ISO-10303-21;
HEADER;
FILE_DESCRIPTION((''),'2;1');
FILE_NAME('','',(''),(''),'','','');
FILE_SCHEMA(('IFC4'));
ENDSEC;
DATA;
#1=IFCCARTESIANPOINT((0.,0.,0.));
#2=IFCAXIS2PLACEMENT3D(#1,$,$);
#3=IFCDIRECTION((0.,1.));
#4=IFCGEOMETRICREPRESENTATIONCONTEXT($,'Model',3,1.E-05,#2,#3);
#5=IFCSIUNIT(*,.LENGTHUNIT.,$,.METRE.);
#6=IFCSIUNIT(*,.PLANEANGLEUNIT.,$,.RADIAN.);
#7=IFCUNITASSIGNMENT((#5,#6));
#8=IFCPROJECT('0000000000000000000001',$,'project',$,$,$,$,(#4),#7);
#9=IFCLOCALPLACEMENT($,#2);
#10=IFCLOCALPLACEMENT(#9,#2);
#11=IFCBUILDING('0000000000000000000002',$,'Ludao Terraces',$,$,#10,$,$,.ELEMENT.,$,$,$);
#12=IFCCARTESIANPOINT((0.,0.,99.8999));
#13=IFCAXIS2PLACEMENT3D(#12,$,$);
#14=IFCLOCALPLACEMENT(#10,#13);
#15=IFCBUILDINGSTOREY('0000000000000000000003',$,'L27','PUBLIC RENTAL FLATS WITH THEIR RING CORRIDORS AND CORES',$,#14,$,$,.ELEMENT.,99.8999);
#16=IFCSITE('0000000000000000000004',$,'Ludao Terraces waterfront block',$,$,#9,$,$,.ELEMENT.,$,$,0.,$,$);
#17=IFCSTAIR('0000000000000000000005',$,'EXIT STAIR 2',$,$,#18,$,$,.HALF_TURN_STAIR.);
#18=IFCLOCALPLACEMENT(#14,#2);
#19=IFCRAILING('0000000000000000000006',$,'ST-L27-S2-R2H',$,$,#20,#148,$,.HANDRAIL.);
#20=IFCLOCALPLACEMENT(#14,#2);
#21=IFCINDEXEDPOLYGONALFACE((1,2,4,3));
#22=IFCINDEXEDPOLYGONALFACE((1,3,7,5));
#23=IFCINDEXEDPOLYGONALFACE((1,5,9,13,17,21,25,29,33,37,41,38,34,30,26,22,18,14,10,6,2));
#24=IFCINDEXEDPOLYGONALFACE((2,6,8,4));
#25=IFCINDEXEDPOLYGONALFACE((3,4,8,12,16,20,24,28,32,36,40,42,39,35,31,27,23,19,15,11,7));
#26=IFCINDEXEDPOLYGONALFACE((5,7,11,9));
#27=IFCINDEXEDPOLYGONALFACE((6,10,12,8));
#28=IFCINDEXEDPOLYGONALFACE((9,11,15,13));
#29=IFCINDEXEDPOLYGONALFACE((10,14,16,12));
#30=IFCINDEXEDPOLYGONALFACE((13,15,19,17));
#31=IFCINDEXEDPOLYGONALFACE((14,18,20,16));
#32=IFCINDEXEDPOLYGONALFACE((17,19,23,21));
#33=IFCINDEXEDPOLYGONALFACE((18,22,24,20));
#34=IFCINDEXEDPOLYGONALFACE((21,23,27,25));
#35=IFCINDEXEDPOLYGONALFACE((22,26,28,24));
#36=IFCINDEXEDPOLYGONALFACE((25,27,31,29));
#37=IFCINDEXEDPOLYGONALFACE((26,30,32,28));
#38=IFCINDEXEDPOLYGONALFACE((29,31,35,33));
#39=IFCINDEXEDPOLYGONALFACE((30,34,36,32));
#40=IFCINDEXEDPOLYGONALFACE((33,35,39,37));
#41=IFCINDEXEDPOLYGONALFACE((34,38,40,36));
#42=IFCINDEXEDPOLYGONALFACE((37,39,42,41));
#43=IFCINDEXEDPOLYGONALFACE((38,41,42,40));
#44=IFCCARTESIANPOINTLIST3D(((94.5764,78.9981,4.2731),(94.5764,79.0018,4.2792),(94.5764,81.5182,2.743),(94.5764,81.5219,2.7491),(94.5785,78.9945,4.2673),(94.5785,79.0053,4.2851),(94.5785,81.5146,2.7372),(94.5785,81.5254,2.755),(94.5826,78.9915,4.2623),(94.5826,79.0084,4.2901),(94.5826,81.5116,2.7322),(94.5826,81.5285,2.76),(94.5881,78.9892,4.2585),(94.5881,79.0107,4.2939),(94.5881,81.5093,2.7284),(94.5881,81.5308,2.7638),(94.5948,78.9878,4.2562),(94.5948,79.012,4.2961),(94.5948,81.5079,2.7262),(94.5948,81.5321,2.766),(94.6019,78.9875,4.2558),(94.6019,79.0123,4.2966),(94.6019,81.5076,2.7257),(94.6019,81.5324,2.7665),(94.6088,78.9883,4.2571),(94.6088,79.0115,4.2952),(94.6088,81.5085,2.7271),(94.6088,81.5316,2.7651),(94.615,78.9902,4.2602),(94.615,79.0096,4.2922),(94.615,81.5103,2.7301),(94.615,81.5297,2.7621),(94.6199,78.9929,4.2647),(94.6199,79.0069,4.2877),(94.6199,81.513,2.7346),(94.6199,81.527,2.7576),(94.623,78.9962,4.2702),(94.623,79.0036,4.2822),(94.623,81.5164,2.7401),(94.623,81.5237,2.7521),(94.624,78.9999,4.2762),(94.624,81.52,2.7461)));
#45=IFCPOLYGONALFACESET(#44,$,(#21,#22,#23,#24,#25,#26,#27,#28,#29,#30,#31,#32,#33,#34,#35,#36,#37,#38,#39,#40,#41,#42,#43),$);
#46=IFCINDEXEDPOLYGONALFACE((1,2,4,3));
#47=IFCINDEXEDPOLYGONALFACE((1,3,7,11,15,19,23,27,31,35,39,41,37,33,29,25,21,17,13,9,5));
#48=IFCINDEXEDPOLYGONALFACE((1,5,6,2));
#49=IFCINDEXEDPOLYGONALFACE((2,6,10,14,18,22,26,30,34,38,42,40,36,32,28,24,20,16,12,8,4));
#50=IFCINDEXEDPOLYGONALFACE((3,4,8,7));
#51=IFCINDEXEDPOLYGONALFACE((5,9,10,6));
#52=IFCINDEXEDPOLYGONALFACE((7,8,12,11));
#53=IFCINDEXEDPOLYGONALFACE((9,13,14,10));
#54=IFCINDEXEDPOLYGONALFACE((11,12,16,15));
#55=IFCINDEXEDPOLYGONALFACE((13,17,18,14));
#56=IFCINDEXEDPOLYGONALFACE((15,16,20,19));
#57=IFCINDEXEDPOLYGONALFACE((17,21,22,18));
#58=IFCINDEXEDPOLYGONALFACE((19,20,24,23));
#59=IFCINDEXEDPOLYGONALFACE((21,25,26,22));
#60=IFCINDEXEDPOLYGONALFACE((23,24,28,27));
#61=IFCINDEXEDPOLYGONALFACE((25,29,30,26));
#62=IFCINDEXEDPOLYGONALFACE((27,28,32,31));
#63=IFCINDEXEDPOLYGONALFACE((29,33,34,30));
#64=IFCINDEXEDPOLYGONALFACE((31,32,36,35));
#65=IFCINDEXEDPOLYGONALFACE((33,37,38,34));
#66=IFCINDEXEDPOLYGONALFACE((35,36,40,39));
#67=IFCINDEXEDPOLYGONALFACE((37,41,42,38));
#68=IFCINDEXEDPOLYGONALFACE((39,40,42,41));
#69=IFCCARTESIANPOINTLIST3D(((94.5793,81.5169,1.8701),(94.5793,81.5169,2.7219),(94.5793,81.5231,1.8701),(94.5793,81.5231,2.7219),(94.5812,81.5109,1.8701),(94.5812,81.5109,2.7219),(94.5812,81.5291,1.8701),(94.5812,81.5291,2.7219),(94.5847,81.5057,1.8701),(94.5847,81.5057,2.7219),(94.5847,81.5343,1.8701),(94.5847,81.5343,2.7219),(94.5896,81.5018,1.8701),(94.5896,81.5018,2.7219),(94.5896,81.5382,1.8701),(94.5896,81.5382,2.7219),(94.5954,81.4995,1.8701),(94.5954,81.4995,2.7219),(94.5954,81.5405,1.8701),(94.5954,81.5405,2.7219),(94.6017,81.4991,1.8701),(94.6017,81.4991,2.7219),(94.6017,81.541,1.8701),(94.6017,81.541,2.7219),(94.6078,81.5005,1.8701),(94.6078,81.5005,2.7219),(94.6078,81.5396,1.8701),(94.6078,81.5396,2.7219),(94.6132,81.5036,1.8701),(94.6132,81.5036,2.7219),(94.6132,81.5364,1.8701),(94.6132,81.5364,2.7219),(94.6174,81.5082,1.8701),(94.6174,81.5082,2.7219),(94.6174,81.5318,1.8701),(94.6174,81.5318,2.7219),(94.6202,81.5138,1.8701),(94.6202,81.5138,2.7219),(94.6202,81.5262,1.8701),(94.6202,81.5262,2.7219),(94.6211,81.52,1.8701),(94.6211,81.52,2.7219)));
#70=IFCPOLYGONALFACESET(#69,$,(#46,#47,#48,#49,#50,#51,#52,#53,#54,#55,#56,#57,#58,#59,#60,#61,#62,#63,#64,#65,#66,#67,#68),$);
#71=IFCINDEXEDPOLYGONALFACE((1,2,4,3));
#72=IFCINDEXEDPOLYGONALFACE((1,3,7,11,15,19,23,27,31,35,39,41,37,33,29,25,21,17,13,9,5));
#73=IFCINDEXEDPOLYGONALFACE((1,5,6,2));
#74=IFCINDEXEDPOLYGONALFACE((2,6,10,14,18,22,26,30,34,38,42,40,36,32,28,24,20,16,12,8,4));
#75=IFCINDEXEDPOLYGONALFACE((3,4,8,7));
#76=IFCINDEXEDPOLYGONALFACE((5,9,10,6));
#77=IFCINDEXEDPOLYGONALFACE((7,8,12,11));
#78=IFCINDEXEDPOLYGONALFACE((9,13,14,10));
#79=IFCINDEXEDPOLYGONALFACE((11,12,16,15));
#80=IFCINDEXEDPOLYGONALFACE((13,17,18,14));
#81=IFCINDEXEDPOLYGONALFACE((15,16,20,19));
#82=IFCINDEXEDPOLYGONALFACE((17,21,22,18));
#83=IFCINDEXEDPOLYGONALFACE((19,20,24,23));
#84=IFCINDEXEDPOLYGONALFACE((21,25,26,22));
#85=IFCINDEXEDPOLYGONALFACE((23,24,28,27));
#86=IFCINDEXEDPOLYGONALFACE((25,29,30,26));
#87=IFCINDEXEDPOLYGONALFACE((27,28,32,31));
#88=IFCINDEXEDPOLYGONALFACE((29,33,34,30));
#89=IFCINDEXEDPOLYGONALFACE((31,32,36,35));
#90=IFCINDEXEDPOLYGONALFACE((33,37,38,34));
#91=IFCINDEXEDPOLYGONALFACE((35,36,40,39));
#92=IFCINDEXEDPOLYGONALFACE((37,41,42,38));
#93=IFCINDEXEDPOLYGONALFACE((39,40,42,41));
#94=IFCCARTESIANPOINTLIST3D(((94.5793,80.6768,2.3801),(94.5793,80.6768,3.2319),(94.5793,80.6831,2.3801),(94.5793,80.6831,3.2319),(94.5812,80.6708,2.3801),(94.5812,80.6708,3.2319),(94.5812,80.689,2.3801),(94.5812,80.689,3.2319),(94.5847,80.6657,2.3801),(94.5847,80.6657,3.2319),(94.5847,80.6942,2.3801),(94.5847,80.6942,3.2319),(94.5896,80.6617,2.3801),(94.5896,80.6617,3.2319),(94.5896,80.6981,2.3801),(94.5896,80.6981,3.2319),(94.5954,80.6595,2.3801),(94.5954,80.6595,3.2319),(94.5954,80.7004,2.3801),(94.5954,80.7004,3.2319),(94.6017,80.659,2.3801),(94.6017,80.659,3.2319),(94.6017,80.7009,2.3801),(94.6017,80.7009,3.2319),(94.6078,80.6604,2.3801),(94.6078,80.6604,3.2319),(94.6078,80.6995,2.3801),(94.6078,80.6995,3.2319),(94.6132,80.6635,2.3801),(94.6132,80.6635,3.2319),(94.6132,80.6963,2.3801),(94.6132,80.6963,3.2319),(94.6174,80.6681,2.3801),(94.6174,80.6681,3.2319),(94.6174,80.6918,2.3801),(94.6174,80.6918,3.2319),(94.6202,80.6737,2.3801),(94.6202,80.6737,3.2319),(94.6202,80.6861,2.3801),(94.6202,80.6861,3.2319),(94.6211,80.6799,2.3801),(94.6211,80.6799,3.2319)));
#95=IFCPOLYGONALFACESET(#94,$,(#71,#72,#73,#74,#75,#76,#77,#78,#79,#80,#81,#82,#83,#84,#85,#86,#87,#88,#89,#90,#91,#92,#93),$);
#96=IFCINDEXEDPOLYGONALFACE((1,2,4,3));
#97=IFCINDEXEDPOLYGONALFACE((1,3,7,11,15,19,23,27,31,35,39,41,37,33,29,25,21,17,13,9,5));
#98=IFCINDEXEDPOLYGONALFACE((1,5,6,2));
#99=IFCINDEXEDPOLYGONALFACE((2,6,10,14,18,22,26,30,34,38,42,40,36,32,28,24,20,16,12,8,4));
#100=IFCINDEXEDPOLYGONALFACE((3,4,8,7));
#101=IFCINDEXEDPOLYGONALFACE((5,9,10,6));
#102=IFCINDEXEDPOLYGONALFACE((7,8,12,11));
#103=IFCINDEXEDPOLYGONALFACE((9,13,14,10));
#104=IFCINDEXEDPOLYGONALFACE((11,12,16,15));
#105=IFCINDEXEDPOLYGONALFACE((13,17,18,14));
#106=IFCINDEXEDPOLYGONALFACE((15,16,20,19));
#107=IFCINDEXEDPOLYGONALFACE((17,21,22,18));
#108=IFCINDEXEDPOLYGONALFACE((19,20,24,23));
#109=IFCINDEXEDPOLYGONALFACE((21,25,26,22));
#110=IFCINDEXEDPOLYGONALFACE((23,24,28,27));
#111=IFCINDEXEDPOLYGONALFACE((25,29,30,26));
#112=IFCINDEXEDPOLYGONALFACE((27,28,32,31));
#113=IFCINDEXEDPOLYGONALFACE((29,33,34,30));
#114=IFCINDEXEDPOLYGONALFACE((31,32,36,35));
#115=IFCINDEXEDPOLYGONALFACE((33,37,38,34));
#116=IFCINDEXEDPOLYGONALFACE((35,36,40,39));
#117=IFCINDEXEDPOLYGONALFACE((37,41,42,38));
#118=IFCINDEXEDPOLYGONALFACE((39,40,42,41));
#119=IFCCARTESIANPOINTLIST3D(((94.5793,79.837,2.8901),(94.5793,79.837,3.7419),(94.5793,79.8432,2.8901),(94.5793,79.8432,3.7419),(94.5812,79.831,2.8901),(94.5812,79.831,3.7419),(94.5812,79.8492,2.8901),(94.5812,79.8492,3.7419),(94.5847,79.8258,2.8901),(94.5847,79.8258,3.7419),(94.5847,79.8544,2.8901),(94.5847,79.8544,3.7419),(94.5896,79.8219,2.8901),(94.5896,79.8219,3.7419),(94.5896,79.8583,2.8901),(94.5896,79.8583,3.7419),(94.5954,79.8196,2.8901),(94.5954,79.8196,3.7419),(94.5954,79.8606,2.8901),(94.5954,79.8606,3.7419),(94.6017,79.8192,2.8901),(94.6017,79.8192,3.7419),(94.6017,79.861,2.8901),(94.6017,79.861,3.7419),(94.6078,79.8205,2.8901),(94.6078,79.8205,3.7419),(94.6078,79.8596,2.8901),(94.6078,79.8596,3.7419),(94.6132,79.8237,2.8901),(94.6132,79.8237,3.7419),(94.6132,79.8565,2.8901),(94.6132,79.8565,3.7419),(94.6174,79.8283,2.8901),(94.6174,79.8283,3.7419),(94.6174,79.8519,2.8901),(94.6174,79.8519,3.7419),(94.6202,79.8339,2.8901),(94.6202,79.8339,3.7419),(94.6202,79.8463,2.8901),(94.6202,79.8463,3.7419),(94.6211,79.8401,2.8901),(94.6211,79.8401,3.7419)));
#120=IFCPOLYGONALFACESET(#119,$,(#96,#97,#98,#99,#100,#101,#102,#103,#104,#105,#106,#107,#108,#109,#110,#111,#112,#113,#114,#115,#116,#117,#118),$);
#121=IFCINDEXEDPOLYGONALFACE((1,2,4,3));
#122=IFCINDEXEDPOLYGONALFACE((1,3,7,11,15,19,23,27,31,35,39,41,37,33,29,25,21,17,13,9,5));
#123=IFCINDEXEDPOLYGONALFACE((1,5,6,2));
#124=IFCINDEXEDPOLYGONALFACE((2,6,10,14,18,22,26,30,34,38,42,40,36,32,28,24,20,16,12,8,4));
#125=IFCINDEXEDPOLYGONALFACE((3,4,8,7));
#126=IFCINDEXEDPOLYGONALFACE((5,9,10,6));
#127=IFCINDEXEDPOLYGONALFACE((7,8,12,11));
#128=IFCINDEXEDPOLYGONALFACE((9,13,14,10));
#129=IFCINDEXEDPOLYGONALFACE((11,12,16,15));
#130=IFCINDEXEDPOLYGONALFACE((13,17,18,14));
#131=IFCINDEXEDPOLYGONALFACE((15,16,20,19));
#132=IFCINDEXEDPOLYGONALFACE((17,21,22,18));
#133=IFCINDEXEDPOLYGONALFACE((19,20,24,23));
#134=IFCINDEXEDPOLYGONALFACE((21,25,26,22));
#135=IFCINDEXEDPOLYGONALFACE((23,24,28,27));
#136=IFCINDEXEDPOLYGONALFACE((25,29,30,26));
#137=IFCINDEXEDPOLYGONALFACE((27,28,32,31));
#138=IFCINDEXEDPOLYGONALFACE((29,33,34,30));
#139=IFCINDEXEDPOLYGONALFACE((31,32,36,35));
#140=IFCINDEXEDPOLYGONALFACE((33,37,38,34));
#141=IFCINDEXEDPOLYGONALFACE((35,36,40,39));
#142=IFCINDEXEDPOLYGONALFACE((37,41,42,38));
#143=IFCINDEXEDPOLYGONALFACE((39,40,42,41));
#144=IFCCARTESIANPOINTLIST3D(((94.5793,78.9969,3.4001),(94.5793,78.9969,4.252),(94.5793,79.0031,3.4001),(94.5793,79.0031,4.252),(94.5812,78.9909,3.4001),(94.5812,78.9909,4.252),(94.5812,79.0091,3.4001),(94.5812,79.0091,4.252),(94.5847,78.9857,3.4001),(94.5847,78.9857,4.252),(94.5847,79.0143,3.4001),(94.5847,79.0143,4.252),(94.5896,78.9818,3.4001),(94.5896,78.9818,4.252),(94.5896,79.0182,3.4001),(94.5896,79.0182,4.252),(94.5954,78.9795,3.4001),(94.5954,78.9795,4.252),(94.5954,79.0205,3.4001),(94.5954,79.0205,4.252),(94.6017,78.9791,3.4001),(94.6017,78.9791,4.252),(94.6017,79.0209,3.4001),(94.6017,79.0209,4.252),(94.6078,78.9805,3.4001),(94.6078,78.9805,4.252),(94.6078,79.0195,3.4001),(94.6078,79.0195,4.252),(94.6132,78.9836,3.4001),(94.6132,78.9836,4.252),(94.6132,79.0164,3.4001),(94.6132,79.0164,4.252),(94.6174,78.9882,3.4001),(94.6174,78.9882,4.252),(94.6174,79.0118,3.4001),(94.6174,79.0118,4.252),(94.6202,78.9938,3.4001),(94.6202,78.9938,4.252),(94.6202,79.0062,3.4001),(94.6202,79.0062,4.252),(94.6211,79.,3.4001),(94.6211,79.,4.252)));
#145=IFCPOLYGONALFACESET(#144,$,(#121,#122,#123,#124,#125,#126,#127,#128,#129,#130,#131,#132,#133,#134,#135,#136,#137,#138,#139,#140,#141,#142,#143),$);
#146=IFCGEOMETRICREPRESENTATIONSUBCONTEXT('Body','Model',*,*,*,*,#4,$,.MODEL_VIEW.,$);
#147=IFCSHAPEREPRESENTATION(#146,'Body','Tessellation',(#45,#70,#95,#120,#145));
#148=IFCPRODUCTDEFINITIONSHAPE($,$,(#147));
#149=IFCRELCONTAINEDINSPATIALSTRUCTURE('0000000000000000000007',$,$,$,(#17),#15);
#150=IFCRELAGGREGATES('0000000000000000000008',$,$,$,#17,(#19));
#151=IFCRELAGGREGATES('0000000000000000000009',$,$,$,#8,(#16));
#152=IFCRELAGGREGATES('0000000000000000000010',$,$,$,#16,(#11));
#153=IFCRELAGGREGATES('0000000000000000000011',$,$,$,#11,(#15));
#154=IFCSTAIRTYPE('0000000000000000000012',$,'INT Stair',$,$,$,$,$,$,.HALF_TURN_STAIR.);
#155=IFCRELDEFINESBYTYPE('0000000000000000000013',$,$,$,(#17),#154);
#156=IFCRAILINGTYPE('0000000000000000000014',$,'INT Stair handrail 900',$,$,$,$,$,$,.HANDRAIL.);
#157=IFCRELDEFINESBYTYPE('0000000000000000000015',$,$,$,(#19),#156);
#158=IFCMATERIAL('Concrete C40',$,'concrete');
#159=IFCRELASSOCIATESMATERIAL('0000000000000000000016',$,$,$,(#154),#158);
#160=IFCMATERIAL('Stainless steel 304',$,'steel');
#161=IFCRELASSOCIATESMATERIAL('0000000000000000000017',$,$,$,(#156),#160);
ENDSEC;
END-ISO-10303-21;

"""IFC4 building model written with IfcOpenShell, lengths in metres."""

from ifc_helpers import new_model, si_unit, direction, frame, origin, origin_2d, place, context, subcontext, project, spatial, circle, extrude, material, type_object, element, aggregate, save


model = new_model("IFC4")

# Units and contexts
model_context = context("Model", 3, precision=1e-05, world=origin(), true_north=direction((0.0, 1.0)))
body_context = subcontext(model_context, "Body", "Model", "MODEL_VIEW")
ifc_project = project(units=[si_unit("LENGTHUNIT", "METRE"), si_unit("PLANEANGLEUNIT", "RADIAN")], contexts=[model_context])

# Site, building, storey
site_placement = place(None, origin())
site = spatial("IfcSite", under=ifc_project, at=site_placement, Name="Ludao Terraces waterfront block", CompositionType="ELEMENT", RefElevation=0.0)
building_placement = place(site_placement, origin())
building = spatial("IfcBuilding", under=site, at=building_placement, Name="Ludao Terraces", CompositionType="ELEMENT")
storey_placement = place(building_placement, frame((0.0, 0.0, 99.8999)))
storey = spatial("IfcBuildingStorey", under=building, at=storey_placement, Name="L27", Description="PUBLIC RENTAL FLATS WITH THEIR RING CORRIDORS AND CORES", CompositionType="ELEMENT", Elevation=99.8999)

# Shared definitions
ifc_material_1 = material(Name="Concrete C40", Category="concrete")

# Stair, railing
stair_type = type_object("IfcStairType", Name="INT Stair", PredefinedType="HALF_TURN_STAIR", material=ifc_material_1)
stair_placement = place(storey_placement, origin())
stair = element("IfcStair", 1, at=stair_placement, inside=storey, type_object=stair_type, Name="EXIT STAIR 2", PredefinedType="HALF_TURN_STAIR")
ifc_material_2 = material(Name="Stainless steel 304", Category="steel")
railing_type_1 = type_object("IfcRailingType", Name="INT Stair handrail 900", PredefinedType="HANDRAIL", material=ifc_material_2)
railing_1_placement = place(storey_placement, frame((94.6001, 81.52, 1.8701)))
railing_1 = element("IfcRailing", 2, at=railing_1_placement, type_object=railing_type_1, Name="ST-L27-S2-R2H", PredefinedType="HANDRAIL", context=body_context, shape_type="SweptSolid", body=[
    extrude(circle(Radius=0.0239, at=origin_2d()), frame((0.0, 0.0, 0.876), z_axis=(0.0, -0.854785, 0.518982), x_axis=(1.0, 0.0, 0.0)), (0.0, 0.0, 1.0), 2.9482),
    extrude(circle(Radius=0.021, at=origin_2d()), origin(), (0.0, 0.0, 1.0), 0.8518),
    extrude(circle(Radius=0.021, at=origin_2d()), frame((0.0, -0.8401, 0.51)), (0.0, 0.0, 1.0), 0.8518),
    extrude(circle(Radius=0.021, at=origin_2d()), frame((0.0, -1.6799, 1.02)), (0.0, 0.0, 1.0), 0.8518),
    extrude(circle(Radius=0.021, at=origin_2d()), frame((0.0, -2.52, 1.53)), (0.0, 0.0, 1.0), 0.8518),
])
aggregate(stair, [railing_1])

save(model, "model.ifc")
